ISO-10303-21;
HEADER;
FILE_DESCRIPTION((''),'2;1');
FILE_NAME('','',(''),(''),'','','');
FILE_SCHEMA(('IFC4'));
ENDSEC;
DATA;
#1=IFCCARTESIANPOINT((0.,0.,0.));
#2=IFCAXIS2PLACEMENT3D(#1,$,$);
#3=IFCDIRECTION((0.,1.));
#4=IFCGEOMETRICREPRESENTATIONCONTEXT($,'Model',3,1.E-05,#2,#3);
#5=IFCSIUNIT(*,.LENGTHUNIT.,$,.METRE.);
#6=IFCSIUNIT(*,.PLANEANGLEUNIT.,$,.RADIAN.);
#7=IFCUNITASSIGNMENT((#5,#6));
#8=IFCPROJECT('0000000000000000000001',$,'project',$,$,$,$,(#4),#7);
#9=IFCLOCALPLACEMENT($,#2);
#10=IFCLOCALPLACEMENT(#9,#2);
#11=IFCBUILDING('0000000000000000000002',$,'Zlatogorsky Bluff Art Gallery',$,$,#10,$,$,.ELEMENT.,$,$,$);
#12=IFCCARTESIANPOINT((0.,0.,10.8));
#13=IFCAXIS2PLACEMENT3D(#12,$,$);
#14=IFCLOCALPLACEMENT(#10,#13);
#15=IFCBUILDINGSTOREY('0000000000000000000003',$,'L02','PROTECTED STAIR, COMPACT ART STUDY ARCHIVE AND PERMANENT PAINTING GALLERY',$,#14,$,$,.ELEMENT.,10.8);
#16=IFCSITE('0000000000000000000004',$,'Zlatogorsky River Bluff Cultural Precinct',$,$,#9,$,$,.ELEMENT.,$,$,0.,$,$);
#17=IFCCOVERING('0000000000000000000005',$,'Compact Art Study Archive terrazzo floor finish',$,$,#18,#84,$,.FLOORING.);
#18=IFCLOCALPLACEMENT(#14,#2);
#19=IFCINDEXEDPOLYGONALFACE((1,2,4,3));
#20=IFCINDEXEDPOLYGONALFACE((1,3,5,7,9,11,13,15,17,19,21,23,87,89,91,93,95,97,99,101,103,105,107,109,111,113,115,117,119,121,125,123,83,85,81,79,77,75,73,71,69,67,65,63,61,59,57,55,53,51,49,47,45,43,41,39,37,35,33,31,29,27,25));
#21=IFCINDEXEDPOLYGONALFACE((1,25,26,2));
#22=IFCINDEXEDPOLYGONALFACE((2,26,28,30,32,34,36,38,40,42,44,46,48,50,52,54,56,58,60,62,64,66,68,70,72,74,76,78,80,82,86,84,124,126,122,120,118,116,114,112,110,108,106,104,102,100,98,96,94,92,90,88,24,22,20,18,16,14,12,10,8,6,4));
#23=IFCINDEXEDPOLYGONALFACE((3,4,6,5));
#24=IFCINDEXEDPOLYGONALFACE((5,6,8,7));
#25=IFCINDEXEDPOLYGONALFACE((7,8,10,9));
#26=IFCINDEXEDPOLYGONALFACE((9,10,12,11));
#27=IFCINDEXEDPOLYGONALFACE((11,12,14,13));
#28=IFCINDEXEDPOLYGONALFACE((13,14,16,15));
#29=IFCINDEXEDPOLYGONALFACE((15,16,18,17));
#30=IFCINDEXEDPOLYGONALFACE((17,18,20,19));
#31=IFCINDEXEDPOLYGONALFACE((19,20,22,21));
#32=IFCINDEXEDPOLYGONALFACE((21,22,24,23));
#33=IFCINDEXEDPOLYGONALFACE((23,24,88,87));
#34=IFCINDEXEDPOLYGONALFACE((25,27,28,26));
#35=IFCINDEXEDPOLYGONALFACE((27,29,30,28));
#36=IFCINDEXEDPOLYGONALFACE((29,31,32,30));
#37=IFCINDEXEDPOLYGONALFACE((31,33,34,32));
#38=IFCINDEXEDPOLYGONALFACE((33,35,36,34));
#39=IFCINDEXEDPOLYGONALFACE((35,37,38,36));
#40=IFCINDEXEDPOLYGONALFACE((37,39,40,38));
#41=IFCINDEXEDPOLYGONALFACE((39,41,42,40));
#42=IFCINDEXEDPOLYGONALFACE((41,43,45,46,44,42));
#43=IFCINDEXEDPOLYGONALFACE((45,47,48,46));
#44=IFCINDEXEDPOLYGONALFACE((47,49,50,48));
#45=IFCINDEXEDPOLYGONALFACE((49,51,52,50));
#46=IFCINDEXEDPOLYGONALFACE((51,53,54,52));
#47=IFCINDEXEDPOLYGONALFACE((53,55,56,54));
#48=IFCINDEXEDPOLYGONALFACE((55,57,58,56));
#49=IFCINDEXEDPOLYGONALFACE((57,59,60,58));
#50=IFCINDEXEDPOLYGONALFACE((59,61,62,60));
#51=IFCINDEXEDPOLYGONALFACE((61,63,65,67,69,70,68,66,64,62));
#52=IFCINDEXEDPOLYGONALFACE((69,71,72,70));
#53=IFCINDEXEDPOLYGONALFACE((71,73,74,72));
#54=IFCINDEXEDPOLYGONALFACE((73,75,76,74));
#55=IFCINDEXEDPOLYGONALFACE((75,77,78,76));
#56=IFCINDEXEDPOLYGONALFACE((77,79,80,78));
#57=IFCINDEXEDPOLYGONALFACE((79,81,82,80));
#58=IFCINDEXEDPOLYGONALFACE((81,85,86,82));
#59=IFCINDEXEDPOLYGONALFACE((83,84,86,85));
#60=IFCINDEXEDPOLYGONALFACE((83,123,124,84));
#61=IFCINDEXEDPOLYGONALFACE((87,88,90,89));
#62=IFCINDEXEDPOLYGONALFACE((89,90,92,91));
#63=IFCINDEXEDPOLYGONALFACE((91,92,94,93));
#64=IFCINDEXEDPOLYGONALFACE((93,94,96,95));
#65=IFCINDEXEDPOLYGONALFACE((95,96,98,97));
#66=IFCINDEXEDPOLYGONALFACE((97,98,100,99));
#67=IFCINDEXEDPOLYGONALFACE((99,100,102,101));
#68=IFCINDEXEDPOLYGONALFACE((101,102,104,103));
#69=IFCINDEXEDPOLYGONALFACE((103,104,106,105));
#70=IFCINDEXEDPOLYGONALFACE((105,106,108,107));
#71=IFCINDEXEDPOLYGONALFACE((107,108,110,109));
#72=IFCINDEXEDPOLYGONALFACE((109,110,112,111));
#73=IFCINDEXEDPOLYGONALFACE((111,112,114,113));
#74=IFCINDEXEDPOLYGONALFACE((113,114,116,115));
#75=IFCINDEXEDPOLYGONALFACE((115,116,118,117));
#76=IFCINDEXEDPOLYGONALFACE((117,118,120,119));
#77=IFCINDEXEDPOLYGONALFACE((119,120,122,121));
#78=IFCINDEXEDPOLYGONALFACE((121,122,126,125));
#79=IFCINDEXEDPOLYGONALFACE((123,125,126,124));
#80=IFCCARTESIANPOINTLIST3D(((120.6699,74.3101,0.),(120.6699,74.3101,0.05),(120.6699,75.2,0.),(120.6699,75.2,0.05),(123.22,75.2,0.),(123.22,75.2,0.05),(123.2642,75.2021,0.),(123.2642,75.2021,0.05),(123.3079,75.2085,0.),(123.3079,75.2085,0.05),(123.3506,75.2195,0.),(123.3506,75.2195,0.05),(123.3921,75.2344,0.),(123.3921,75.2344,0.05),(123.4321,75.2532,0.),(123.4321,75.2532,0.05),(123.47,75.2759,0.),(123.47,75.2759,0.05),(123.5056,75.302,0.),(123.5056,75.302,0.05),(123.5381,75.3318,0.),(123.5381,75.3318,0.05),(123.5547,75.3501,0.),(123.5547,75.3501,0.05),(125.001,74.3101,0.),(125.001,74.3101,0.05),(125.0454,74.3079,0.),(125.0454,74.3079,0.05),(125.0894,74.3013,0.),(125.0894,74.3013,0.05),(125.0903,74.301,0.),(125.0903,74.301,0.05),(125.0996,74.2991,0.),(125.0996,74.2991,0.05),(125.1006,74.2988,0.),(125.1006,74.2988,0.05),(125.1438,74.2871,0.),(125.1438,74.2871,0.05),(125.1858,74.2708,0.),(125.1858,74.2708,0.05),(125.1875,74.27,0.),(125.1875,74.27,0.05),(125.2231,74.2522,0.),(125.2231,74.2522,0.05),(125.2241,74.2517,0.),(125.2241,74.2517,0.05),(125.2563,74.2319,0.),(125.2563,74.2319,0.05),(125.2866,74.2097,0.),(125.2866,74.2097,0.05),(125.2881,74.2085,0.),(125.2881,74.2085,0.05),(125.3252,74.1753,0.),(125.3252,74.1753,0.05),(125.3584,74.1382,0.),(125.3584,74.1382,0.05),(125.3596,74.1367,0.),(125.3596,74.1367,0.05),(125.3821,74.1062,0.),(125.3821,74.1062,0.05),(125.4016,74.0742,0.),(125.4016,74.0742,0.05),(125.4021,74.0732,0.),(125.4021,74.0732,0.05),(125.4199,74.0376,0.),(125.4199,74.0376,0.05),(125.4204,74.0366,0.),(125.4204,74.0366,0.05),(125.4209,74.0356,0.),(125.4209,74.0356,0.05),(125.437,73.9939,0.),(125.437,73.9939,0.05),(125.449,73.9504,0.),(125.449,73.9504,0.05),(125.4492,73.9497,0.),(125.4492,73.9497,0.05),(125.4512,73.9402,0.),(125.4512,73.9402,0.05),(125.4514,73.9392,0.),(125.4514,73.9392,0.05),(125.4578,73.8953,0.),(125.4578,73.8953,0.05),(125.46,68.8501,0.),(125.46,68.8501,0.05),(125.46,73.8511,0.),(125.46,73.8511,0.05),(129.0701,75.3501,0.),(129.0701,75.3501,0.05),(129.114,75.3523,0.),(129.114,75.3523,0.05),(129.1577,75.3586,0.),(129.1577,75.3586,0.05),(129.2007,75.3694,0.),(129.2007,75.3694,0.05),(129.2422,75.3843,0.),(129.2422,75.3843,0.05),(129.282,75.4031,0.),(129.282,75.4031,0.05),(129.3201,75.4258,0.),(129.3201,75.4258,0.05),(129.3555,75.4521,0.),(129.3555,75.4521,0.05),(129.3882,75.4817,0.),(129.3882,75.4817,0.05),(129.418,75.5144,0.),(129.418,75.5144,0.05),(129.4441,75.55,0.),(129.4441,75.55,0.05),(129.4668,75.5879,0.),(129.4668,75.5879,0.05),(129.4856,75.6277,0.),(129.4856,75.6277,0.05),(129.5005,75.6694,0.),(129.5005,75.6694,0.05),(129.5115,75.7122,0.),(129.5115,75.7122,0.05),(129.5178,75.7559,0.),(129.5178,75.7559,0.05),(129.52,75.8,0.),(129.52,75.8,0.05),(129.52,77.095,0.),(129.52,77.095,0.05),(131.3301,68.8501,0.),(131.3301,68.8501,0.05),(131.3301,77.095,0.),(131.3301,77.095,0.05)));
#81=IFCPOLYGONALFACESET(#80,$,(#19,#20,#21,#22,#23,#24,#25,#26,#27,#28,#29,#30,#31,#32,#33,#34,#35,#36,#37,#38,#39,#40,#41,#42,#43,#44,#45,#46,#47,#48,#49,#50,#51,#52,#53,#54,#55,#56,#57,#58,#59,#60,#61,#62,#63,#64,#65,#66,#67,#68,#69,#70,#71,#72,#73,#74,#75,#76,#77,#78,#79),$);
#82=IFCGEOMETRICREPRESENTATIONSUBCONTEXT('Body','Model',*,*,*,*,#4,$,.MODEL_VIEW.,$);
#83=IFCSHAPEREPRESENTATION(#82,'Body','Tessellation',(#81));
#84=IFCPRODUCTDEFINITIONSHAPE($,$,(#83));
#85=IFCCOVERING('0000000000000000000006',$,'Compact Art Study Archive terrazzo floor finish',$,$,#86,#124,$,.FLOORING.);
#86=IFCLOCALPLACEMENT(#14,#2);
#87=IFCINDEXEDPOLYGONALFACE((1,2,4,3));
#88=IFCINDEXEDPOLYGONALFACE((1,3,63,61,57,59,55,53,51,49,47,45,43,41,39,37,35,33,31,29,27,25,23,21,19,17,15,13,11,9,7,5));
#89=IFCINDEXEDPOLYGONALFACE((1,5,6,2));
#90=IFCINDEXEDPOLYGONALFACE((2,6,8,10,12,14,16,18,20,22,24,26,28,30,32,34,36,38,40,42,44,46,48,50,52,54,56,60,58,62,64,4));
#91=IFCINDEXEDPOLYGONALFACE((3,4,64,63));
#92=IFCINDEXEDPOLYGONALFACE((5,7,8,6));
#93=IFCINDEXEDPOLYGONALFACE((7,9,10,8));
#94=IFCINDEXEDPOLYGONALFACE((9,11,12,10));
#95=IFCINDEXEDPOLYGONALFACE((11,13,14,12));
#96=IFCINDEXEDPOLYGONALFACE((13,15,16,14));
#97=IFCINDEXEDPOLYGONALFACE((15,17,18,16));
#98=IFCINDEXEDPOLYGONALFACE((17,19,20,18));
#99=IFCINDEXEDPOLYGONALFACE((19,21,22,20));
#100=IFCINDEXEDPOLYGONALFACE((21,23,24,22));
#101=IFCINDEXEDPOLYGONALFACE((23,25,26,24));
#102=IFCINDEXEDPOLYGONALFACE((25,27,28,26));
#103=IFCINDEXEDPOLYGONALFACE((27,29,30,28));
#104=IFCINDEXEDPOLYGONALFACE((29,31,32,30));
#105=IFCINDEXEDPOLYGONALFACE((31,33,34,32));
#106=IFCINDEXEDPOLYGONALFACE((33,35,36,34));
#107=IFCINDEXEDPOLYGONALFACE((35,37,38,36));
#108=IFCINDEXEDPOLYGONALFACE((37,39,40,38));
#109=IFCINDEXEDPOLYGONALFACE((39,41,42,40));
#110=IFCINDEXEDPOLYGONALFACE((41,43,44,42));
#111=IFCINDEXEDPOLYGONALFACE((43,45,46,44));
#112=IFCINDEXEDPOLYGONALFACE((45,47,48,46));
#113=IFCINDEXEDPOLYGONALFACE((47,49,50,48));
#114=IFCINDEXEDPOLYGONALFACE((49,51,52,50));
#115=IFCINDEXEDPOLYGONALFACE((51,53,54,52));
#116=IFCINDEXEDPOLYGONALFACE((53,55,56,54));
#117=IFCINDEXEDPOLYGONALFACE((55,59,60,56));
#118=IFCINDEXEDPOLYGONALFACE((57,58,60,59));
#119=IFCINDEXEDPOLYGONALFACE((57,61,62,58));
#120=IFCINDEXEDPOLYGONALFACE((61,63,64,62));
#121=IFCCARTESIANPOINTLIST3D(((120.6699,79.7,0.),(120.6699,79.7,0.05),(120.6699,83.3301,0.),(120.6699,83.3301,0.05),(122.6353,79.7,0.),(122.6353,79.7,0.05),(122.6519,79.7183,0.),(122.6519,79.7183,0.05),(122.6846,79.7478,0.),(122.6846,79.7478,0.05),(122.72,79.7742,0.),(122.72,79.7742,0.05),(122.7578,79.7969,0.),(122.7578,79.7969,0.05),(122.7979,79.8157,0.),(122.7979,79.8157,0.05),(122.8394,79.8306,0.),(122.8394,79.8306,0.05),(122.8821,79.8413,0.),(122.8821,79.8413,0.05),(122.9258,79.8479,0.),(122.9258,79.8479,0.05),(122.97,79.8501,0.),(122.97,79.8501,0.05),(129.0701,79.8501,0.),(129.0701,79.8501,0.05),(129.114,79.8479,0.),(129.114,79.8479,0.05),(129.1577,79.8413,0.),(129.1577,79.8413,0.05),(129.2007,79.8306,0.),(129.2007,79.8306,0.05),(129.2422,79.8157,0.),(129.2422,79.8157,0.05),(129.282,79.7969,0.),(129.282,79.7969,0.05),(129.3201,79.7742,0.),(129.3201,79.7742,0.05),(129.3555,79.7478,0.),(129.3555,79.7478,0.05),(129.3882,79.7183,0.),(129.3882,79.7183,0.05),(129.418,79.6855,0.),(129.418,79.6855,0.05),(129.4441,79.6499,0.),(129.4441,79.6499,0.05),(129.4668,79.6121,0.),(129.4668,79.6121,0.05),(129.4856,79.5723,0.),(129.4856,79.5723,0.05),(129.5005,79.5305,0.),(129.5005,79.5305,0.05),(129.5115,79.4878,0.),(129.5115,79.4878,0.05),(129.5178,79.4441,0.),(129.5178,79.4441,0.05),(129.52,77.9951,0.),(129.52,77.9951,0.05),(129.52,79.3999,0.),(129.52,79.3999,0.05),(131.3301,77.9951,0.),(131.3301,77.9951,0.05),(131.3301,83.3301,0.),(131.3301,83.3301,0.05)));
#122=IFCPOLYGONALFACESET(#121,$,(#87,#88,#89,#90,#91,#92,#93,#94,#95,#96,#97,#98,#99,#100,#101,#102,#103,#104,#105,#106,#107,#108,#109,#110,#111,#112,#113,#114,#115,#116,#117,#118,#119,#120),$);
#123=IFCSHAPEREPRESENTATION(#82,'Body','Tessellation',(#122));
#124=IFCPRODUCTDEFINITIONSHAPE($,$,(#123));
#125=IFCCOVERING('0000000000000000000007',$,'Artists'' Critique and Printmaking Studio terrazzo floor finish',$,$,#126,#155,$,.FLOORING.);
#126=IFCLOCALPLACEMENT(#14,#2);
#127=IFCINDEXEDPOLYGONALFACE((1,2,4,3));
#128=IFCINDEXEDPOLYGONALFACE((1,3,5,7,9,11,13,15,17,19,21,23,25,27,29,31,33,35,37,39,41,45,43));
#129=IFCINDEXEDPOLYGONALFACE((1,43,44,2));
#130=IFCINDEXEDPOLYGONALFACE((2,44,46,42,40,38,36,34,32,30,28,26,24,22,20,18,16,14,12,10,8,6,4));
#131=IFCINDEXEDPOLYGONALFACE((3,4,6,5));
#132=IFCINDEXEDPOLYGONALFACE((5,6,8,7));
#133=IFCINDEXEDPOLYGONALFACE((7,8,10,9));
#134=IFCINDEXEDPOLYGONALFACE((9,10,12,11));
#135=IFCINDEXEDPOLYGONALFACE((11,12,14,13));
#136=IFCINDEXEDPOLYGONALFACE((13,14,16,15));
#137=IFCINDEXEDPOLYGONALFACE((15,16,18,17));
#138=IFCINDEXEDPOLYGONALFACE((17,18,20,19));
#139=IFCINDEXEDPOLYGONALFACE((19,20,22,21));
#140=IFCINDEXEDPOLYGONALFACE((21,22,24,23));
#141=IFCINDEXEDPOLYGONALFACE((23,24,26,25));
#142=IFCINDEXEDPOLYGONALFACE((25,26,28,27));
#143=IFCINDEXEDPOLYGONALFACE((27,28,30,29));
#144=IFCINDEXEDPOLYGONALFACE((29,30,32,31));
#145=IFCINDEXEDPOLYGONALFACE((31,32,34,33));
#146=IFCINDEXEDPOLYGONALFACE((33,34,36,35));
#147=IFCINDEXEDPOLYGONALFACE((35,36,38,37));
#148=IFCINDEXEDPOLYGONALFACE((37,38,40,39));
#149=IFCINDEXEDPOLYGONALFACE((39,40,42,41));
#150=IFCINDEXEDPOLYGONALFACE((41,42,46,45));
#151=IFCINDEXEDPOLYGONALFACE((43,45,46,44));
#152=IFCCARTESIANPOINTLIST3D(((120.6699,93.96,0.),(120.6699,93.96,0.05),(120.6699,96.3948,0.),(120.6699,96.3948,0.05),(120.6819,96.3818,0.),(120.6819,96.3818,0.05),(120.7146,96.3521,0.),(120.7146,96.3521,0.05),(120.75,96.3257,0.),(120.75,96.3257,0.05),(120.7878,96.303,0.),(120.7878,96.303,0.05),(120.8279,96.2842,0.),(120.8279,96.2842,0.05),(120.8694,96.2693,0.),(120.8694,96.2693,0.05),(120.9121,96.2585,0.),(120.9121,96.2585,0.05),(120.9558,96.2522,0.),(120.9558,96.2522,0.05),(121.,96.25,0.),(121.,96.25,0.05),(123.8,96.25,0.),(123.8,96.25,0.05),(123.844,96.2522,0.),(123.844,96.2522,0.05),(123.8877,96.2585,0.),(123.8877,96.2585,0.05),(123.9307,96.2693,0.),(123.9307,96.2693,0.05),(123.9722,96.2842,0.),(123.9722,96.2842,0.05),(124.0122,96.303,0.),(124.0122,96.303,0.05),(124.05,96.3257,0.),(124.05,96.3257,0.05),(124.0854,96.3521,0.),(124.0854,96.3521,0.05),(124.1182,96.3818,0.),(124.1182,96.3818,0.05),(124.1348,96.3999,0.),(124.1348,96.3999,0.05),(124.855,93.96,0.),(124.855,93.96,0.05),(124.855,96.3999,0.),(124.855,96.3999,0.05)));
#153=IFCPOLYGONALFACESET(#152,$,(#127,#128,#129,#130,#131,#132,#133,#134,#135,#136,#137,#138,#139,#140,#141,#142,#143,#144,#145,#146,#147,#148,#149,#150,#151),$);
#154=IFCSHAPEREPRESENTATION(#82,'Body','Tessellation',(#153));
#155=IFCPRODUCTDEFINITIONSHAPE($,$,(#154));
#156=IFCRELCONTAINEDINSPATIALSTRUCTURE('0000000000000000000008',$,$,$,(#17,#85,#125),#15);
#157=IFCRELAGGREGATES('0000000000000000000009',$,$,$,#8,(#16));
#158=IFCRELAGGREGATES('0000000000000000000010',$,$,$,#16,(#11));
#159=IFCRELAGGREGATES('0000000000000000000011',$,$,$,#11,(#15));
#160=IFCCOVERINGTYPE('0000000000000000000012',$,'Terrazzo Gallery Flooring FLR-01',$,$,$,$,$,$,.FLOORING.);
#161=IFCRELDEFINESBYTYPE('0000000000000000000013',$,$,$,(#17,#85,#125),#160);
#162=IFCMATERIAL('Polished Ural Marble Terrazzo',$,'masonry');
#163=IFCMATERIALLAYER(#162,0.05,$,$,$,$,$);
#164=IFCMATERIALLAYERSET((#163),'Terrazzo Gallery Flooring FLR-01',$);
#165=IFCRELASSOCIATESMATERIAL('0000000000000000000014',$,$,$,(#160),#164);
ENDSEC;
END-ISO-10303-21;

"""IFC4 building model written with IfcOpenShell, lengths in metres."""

from ifc_helpers import new_model, si_unit, direction, frame, origin, place, context, subcontext, project, spatial, polyline, outline, extrude, material, layer, layer_set, type_object, element, save


model = new_model("IFC4")

# Units and contexts
model_context = context("Model", 3, precision=1e-05, world=origin(), true_north=direction((0.0, 1.0)))
body_context = subcontext(model_context, "Body", "Model", "MODEL_VIEW")
ifc_project = project(units=[si_unit("LENGTHUNIT", "METRE"), si_unit("PLANEANGLEUNIT", "RADIAN")], contexts=[model_context])

# Site, building, storey
site_placement = place(None, origin())
site = spatial("IfcSite", under=ifc_project, at=site_placement, Name="Zlatogorsky River Bluff Cultural Precinct", CompositionType="ELEMENT", RefElevation=0.0)
building_placement = place(site_placement, origin())
building = spatial("IfcBuilding", under=site, at=building_placement, Name="Zlatogorsky Bluff Art Gallery", CompositionType="ELEMENT")
storey_placement = place(building_placement, frame((0.0, 0.0, 10.8)))
storey = spatial("IfcBuildingStorey", under=building, at=storey_placement, Name="L02", Description="PROTECTED STAIR, COMPACT ART STUDY ARCHIVE AND PERMANENT PAINTING GALLERY", CompositionType="ELEMENT", Elevation=10.8)

# Coverings
ifc_material_1 = material(Name="Polished Ural Marble Terrazzo", Category="masonry")
ifc_layer_1 = layer(ifc_material_1, 0.05)
ifc_layer_set_1 = layer_set([ifc_layer_1], Name="Terrazzo Gallery Flooring FLR-01")
covering_type_1 = type_object("IfcCoveringType", Name="Terrazzo Gallery Flooring FLR-01", PredefinedType="FLOORING", material=ifc_layer_set_1)
covering_1_placement = place(storey_placement, origin())
element("IfcCovering", 1, at=covering_1_placement, inside=storey, type_object=covering_type_1, Name="Compact Art Study Archive terrazzo floor finish", PredefinedType="FLOORING", context=body_context, shape_type="SweptSolid", body=[
    extrude(outline(polyline([(123.22, 75.2), (123.2642, 75.2021), (123.3079, 75.2085), (123.3506, 75.2195), (123.3921, 75.2344), (123.4321, 75.2532), (123.47, 75.2759), (123.5056, 75.302), (123.5381, 75.3318), (123.5547, 75.3501), (129.0701, 75.3501), (129.114, 75.3523), (129.1577, 75.3586), (129.2007, 75.3694), (129.2422, 75.3843), (129.282, 75.4031), (129.3201, 75.4258), (129.3555, 75.4521), (129.3882, 75.4817), (129.418, 75.5144), (129.4441, 75.55), (129.4668, 75.5879), (129.4856, 75.6277), (129.5005, 75.6694), (129.5115, 75.7122), (129.5178, 75.7559), (129.52, 75.8), (129.52, 77.095), (131.3301, 77.095), (131.3301, 68.8501), (125.46, 68.8501), (125.46, 73.8511), (125.4578, 73.8953), (125.4514, 73.9392), (125.4512, 73.9402), (125.4492, 73.9497), (125.449, 73.9504), (125.437, 73.9939), (125.4209, 74.0356), (125.4204, 74.0366), (125.4199, 74.0376), (125.4021, 74.0732), (125.4016, 74.0742), (125.3821, 74.1062), (125.3596, 74.1367), (125.3584, 74.1382), (125.3252, 74.1753), (125.2881, 74.2085), (125.2866, 74.2097), (125.2563, 74.2319), (125.2241, 74.2517), (125.2231, 74.2522), (125.1875, 74.27), (125.1858, 74.2708), (125.1438, 74.2871), (125.1006, 74.2988), (125.0996, 74.2991), (125.0903, 74.301), (125.0894, 74.3013), (125.0454, 74.3079), (125.001, 74.3101), (120.6699, 74.3101), (120.6699, 75.2), (123.22, 75.2)])), origin(), (0.0, 0.0, 1.0), 0.05),
])
covering_2_placement = place(storey_placement, origin())
element("IfcCovering", 2, at=covering_2_placement, inside=storey, type_object=covering_type_1, Name="Compact Art Study Archive terrazzo floor finish", PredefinedType="FLOORING", context=body_context, shape_type="SweptSolid", body=[
    extrude(outline(polyline([(120.6699, 83.3301), (131.3301, 83.3301), (131.3301, 77.9951), (129.52, 77.9951), (129.52, 79.3999), (129.5178, 79.4441), (129.5115, 79.4878), (129.5005, 79.5305), (129.4856, 79.5723), (129.4668, 79.6121), (129.4441, 79.6499), (129.418, 79.6855), (129.3882, 79.7183), (129.3555, 79.7478), (129.3201, 79.7742), (129.282, 79.7969), (129.2422, 79.8157), (129.2007, 79.8306), (129.1577, 79.8413), (129.114, 79.8479), (129.0701, 79.8501), (122.97, 79.8501), (122.9258, 79.8479), (122.8821, 79.8413), (122.8394, 79.8306), (122.7979, 79.8157), (122.7578, 79.7969), (122.72, 79.7742), (122.6846, 79.7478), (122.6519, 79.7183), (122.6353, 79.7), (120.6699, 79.7), (120.6699, 83.3301)])), origin(), (0.0, 0.0, 1.0), 0.05),
])
covering_3_placement = place(storey_placement, origin())
element("IfcCovering", 3, at=covering_3_placement, inside=storey, type_object=covering_type_1, Name="Artists' Critique and Printmaking Studio terrazzo floor finish", PredefinedType="FLOORING", context=body_context, shape_type="SweptSolid", body=[
    extrude(outline(polyline([(120.6699, 96.3948), (120.6819, 96.3818), (120.7146, 96.3521), (120.75, 96.3257), (120.7878, 96.303), (120.8279, 96.2842), (120.8694, 96.2693), (120.9121, 96.2585), (120.9558, 96.2522), (121.0, 96.25), (123.8, 96.25), (123.844, 96.2522), (123.8877, 96.2585), (123.9307, 96.2693), (123.9722, 96.2842), (124.0122, 96.303), (124.05, 96.3257), (124.0854, 96.3521), (124.1182, 96.3818), (124.1348, 96.3999), (124.855, 96.3999), (124.855, 93.96), (120.6699, 93.96), (120.6699, 96.3948)])), origin(), (0.0, 0.0, 1.0), 0.05),
])

save(model, "model.ifc")
